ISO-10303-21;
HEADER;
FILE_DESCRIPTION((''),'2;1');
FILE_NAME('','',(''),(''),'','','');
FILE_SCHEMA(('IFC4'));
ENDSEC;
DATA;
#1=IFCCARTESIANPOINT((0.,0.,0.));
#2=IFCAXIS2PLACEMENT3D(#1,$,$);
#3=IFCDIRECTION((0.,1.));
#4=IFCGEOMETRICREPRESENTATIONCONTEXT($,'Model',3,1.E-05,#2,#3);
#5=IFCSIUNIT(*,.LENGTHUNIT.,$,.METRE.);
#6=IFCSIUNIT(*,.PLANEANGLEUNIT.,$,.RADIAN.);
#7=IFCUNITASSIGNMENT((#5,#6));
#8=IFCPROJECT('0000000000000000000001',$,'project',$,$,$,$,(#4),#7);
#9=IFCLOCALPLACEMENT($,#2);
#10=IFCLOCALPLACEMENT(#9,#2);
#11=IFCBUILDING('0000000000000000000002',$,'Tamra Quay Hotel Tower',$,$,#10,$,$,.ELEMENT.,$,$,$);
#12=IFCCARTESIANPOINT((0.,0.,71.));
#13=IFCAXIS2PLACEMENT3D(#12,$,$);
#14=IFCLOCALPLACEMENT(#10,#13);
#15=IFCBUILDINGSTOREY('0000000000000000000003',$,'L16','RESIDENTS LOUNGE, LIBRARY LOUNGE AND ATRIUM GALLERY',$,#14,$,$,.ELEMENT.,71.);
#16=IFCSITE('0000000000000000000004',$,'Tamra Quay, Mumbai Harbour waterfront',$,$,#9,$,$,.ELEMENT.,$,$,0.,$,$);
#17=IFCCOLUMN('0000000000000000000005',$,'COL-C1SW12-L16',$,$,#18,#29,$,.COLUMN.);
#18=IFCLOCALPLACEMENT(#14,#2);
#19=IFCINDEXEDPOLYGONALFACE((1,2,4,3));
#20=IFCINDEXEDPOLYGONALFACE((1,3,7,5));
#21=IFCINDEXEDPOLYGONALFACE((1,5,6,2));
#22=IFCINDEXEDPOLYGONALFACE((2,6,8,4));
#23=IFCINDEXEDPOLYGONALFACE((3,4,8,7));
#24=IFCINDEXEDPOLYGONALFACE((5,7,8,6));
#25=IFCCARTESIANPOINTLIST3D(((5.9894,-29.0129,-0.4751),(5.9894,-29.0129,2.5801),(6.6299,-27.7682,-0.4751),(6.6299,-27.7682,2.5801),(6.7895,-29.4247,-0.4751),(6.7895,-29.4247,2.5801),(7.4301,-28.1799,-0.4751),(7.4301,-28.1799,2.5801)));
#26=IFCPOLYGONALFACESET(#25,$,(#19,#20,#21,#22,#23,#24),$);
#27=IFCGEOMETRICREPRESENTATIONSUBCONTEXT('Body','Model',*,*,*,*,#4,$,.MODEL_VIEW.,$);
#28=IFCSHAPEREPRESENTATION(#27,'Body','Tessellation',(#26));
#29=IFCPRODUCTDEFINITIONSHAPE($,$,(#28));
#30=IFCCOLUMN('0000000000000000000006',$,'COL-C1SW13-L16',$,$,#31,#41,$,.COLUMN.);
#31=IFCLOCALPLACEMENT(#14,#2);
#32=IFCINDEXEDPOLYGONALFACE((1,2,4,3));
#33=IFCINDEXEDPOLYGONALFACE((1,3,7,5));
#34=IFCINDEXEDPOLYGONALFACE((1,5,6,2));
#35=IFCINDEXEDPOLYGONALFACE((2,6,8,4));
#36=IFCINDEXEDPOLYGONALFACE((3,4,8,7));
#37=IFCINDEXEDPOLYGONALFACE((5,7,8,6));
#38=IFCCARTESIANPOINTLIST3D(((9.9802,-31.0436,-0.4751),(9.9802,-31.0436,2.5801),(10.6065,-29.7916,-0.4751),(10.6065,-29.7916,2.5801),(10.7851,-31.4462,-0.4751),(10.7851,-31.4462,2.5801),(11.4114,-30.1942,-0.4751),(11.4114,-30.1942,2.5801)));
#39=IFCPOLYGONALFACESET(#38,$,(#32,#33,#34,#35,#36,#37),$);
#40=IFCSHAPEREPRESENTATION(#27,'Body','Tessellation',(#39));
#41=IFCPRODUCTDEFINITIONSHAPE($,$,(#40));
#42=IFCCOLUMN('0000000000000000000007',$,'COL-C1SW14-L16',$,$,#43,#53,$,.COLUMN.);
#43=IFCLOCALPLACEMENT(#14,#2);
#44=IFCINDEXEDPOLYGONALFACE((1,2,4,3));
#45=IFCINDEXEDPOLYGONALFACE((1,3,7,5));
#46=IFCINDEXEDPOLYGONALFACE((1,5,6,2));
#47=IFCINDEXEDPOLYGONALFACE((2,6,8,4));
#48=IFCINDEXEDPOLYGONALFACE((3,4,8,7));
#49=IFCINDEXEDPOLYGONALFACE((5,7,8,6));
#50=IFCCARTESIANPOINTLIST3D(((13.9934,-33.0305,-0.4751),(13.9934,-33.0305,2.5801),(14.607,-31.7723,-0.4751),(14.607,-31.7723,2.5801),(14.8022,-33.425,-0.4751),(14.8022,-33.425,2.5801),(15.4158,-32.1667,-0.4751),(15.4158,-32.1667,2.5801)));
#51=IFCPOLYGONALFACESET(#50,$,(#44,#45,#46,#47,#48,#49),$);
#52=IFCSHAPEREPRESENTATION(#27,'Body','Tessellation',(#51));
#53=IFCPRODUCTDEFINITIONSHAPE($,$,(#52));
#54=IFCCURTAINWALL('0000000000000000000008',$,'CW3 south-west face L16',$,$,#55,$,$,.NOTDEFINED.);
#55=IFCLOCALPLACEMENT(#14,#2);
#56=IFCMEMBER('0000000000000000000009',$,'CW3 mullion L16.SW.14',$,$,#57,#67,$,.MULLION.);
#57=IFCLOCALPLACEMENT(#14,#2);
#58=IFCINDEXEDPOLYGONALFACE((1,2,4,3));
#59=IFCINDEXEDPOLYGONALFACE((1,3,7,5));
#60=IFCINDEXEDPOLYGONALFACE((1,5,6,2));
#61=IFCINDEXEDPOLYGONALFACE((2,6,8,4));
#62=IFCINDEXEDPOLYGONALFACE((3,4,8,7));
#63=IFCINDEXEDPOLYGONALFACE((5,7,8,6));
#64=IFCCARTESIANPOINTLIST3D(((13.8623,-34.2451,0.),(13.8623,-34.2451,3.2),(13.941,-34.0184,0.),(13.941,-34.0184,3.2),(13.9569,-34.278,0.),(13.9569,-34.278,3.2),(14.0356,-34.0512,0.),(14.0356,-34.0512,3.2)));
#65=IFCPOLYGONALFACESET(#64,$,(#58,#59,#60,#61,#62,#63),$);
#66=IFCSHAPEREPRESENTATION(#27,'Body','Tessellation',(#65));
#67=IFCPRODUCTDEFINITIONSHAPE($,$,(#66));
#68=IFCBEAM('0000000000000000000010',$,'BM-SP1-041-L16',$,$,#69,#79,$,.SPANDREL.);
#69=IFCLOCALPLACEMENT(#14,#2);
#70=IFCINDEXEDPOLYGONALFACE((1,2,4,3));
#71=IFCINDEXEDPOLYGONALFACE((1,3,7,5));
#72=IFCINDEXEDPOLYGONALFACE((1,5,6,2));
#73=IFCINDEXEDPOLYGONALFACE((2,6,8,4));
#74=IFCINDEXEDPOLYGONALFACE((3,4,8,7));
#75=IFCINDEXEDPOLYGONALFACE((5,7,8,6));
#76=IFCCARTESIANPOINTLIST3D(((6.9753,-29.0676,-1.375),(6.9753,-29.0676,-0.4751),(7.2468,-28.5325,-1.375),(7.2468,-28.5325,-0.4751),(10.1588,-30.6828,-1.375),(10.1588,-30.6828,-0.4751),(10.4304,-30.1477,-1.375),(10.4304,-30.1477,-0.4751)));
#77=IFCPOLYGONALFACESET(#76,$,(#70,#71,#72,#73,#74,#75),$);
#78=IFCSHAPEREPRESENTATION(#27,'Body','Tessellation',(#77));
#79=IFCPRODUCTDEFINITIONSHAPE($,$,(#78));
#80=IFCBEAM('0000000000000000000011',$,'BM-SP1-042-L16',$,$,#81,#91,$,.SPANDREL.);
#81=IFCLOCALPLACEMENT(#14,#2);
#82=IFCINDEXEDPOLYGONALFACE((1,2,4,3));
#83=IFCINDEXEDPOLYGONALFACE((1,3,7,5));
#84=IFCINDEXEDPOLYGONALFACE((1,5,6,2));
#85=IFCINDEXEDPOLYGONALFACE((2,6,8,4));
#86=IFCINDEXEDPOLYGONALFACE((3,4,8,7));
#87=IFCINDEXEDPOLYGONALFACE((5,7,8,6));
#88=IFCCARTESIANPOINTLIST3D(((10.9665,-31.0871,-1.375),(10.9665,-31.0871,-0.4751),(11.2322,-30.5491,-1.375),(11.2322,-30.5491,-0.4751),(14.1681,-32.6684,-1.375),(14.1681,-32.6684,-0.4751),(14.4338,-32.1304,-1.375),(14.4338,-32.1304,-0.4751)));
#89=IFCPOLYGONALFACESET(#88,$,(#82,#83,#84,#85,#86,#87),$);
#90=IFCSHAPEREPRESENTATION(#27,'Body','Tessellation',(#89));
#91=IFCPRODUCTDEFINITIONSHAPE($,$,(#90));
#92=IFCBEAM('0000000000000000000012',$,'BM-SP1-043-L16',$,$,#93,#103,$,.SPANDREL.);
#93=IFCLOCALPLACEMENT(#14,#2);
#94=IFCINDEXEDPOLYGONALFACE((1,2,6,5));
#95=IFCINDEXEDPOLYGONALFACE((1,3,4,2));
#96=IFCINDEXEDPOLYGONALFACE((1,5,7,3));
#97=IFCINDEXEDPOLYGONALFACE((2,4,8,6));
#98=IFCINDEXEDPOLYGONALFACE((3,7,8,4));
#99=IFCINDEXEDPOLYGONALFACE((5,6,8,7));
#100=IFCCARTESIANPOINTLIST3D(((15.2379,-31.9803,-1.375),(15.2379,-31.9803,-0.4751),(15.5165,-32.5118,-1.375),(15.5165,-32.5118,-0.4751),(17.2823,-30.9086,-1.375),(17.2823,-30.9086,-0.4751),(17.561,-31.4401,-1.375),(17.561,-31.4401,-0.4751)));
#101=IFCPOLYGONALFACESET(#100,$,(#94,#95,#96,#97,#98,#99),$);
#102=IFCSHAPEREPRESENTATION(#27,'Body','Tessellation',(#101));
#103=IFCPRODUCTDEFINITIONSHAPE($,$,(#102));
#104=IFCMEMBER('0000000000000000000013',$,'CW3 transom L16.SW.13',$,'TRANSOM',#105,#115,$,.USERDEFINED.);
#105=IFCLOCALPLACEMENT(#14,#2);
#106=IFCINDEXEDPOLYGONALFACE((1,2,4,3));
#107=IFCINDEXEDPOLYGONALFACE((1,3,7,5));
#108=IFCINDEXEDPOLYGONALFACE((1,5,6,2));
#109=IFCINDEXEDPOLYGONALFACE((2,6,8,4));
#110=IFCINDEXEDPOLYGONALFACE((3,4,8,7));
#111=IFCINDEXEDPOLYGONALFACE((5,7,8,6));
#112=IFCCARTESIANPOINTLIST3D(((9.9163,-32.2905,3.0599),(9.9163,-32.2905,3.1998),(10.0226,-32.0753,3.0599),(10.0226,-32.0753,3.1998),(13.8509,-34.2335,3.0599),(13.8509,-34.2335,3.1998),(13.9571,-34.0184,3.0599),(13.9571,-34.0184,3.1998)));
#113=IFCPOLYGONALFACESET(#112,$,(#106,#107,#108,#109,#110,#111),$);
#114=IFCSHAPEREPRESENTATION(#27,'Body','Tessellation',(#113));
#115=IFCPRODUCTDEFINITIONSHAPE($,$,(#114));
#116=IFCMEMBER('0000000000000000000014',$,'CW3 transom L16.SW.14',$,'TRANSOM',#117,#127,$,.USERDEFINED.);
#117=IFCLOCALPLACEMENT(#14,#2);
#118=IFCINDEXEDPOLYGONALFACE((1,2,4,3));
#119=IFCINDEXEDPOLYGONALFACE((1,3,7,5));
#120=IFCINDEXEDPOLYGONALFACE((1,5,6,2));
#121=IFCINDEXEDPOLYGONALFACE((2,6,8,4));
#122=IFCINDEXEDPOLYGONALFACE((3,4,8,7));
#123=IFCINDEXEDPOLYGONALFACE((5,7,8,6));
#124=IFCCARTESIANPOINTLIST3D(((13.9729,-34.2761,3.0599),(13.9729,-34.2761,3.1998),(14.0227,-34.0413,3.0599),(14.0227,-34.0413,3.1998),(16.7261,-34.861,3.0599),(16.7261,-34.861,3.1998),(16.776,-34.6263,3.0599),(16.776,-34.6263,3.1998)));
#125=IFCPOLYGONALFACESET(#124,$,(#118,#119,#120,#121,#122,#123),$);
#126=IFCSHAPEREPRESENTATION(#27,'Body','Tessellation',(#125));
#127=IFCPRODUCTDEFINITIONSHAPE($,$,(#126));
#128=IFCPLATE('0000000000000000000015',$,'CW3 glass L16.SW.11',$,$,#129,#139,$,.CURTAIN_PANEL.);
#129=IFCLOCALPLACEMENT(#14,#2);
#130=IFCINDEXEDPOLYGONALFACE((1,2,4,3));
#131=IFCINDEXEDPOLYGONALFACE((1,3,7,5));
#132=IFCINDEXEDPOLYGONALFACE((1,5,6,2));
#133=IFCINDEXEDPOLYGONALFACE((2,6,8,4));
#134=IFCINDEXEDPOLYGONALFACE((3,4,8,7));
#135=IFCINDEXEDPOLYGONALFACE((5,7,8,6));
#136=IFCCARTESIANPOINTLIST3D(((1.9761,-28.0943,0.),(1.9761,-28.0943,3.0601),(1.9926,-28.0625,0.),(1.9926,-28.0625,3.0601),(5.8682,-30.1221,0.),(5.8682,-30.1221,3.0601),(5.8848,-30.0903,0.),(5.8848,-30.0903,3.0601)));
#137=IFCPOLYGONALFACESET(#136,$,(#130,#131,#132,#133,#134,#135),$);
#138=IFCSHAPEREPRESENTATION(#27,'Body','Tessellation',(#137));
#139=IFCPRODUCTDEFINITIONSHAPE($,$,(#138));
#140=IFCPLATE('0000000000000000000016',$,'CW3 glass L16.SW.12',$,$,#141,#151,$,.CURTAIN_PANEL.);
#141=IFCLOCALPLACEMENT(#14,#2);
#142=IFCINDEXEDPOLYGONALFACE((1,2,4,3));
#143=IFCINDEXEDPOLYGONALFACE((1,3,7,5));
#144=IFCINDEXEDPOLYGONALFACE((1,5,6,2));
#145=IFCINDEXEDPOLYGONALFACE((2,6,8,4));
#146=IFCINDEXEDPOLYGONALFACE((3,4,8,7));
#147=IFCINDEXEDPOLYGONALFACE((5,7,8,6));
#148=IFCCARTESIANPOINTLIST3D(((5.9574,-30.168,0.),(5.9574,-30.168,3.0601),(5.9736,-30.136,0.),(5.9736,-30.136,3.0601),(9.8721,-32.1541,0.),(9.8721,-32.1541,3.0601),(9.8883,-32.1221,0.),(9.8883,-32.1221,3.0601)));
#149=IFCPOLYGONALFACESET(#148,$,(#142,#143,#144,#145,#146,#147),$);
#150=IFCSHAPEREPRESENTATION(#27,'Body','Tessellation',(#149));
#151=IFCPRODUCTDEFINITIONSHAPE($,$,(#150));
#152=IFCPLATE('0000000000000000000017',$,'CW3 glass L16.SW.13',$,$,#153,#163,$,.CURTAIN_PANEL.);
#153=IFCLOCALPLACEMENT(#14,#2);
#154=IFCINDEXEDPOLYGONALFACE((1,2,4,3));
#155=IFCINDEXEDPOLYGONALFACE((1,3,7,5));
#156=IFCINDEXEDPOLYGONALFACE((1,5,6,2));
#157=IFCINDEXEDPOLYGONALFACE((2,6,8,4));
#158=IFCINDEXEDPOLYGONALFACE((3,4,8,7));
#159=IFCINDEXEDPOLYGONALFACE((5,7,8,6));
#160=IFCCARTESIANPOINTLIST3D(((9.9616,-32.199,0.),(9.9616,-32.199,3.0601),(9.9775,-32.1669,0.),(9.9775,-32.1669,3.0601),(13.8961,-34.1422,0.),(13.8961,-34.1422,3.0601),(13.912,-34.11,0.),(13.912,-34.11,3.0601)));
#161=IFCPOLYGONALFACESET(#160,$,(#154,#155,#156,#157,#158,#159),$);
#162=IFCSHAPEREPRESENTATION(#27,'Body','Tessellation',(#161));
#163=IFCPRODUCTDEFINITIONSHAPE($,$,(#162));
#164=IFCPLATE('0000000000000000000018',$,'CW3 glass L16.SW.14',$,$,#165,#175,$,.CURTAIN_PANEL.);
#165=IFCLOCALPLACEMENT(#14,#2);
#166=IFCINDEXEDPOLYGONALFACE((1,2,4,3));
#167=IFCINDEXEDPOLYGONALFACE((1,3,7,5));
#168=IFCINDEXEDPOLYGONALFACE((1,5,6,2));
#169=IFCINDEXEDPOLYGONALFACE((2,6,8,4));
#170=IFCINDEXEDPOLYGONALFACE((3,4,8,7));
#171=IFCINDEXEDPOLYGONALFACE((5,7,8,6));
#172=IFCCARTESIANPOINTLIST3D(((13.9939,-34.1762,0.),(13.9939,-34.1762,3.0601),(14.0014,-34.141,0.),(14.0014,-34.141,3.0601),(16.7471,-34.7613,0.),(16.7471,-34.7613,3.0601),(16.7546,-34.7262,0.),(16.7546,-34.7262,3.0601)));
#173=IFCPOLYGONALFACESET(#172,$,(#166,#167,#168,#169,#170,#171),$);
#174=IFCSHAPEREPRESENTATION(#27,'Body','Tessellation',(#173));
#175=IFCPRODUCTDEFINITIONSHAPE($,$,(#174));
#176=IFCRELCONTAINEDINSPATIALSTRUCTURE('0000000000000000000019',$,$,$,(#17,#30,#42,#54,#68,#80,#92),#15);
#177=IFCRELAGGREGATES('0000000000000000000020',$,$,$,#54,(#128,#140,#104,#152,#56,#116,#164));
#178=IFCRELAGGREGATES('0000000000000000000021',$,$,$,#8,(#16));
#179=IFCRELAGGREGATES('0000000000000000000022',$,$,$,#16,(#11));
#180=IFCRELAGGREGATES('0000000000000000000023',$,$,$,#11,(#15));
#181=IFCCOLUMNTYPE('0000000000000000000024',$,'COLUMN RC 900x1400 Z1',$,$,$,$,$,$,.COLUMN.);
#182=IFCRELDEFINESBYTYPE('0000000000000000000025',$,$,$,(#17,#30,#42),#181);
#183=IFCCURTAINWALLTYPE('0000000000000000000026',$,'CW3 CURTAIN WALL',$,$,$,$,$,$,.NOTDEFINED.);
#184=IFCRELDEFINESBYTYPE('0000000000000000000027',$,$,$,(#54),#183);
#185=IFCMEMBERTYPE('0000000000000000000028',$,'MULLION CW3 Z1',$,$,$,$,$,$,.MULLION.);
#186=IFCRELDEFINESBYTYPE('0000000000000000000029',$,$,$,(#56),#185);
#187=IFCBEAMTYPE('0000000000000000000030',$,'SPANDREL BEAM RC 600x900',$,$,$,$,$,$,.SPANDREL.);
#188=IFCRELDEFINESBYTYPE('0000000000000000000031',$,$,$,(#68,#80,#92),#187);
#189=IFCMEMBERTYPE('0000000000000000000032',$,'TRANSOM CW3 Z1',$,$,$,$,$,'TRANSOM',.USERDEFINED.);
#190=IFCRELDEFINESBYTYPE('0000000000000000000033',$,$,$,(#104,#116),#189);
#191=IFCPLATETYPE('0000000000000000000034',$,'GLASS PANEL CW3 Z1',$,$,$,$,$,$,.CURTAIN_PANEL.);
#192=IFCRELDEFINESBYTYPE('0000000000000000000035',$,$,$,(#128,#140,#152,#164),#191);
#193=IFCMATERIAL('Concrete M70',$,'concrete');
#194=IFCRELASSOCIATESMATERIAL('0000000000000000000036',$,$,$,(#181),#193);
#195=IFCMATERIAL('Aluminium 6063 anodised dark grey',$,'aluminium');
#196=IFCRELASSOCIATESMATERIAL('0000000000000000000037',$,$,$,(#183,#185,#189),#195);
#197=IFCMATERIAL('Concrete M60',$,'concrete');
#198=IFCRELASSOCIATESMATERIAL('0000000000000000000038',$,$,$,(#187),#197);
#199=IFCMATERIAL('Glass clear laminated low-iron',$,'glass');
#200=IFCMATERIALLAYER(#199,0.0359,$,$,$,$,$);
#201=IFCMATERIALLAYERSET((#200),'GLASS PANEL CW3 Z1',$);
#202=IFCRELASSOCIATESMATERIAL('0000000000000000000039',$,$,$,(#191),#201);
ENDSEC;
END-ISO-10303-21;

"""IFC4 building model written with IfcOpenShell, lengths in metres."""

from ifc_helpers import new_model, si_unit, direction, frame, origin, origin_2d, place, context, subcontext, project, spatial, rectangle, extrude, material, layer, layer_set, material_profile, profile_set, type_object, element, aggregate, save


model = new_model("IFC4")

# Units and contexts
model_context = context("Model", 3, precision=1e-05, world=origin(), true_north=direction((0.0, 1.0)))
body_context = subcontext(model_context, "Body", "Model", "MODEL_VIEW")
ifc_project = project(units=[si_unit("LENGTHUNIT", "METRE"), si_unit("PLANEANGLEUNIT", "RADIAN")], contexts=[model_context])

# Site, building, storey
site_placement = place(None, origin())
site = spatial("IfcSite", under=ifc_project, at=site_placement, Name="Tamra Quay, Mumbai Harbour waterfront", CompositionType="ELEMENT", RefElevation=0.0)
building_placement = place(site_placement, origin())
building = spatial("IfcBuilding", under=site, at=building_placement, Name="Tamra Quay Hotel Tower", CompositionType="ELEMENT")
storey_placement = place(building_placement, frame((0.0, 0.0, 71.0)))
storey = spatial("IfcBuildingStorey", under=building, at=storey_placement, Name="L16", Description="RESIDENTS LOUNGE, LIBRARY LOUNGE AND ATRIUM GALLERY", CompositionType="ELEMENT", Elevation=71.0)

# Columns
ifc_material_1 = material(Name="Concrete M70", Category="concrete")
ifc_material_profile_1 = material_profile(ifc_material_1, rectangle(XDim=1.3999, YDim=0.8999, at=origin_2d()), Name="COLUMN RC 900x1400 Z1")
ifc_profile_set_1 = profile_set([ifc_material_profile_1], Name="Concrete M70")
column_type = type_object("IfcColumnType", Name="COLUMN RC 900x1400 Z1", PredefinedType="COLUMN", material=ifc_profile_set_1)
for number, where, z_axis, x_axis, name in (
    (1, (6.7097, -28.5964, -0.4751), (0.0, 0.0, 1.0), (0.457548, 0.889185, 0.0), "COL-C1SW12-L16"),
    (2, (10.6958, -30.6189, -0.4751), (0.0, 0.0, 1.0), (0.447377, 0.894346, 0.0), "COL-C1SW13-L16"),
    (3, (14.7046, -32.5986, -0.4751), (0.0, 0.0, 1.0), (0.438341, 0.898809, 0.0), "COL-C1SW14-L16"),
):
    element("IfcColumn", number, at=place(storey_placement, frame(where, z_axis=z_axis, x_axis=x_axis)), inside=storey, type_object=column_type, Name=name, PredefinedType="COLUMN", context=body_context, shape_type="SweptSolid", body=[
        extrude(rectangle(XDim=1.3999, YDim=0.8999, at=origin_2d()), origin(), (0.0, 0.0, 1.0), 3.0552),
    ])

# Curtain wall, member
ifc_material_2 = material(Name="Aluminium 6063 anodised dark grey", Category="aluminium")
curtain_wall_type = type_object("IfcCurtainWallType", Name="CW3 CURTAIN WALL", PredefinedType="NOTDEFINED", material=ifc_material_2)
curtain_wall_placement = place(storey_placement, origin())
curtain_wall = element("IfcCurtainWall", 4, at=curtain_wall_placement, inside=storey, type_object=curtain_wall_type, Name="CW3 south-west face L16", PredefinedType="NOTDEFINED")
ifc_material_profile_2 = material_profile(ifc_material_2, rectangle(XDim=0.24, YDim=0.1001, at=origin_2d()), Name="MULLION 100X240")
ifc_profile_set_2 = profile_set([ifc_material_profile_2], Name="Aluminium 6063 anodised dark grey")
member_type_1 = type_object("IfcMemberType", Name="MULLION CW3 Z1", PredefinedType="MULLION", material=ifc_profile_set_2)
member_1_placement = place(storey_placement, frame((13.949, -34.1482, 0.0), z_axis=(0.0, 0.0, 1.0), x_axis=(-0.327898, -0.944713, 0.0)))
member_1 = element("IfcMember", 5, at=member_1_placement, type_object=member_type_1, Name="CW3 mullion L16.SW.14", PredefinedType="MULLION", context=body_context, shape_type="SweptSolid", body=[
    extrude(rectangle(XDim=0.24, YDim=0.1001, at=origin_2d()), origin(), (0.0, 0.0, 1.0), 3.2),
])

# Beams
ifc_material_3 = material(Name="Concrete M60", Category="concrete")
ifc_material_profile_3 = material_profile(ifc_material_3, rectangle(XDim=0.6001, YDim=0.8999, at=origin_2d()), Name="SPANDREL BEAM RC 600x900")
ifc_profile_set_3 = profile_set([ifc_material_profile_3], Name="Concrete M60")
beam_type = type_object("IfcBeamType", Name="SPANDREL BEAM RC 600x900", PredefinedType="SPANDREL", material=ifc_profile_set_3)
beam_1_placement = place(storey_placement, frame((7.1111, -28.8, -0.925), z_axis=(0.891786, -0.452458, 0.0), x_axis=(0.452458, 0.891786, 0.0)))
element("IfcBeam", 6, at=beam_1_placement, inside=storey, type_object=beam_type, Name="BM-SP1-041-L16", PredefinedType="SPANDREL", context=body_context, shape_type="SweptSolid", body=[
    extrude(rectangle(XDim=0.6001, YDim=0.8999, at=origin_2d()), origin(), (0.0, 0.0, 1.0), 3.5698),
])
beam_2_placement = place(storey_placement, frame((11.0994, -30.8181, -0.925), z_axis=(0.896604, -0.442833, 0.0), x_axis=(0.442833, 0.896604, 0.0)))
element("IfcBeam", 7, at=beam_2_placement, inside=storey, type_object=beam_type, Name="BM-SP1-042-L16", PredefinedType="SPANDREL", context=body_context, shape_type="SweptSolid", body=[
    extrude(rectangle(XDim=0.6001, YDim=0.8999, at=origin_2d()), origin(), (0.0, 0.0, 1.0), 3.5708),
])
beam_3_placement = place(storey_placement, frame((15.3772, -32.2461, -0.925), z_axis=(0.885674, 0.464307, 0.0), x_axis=(-0.464307, 0.885674, 0.0)))
element("IfcBeam", 8, at=beam_3_placement, inside=storey, type_object=beam_type, Name="BM-SP1-043-L16", PredefinedType="SPANDREL", context=body_context, shape_type="SweptSolid", body=[
    extrude(rectangle(XDim=0.6001, YDim=0.8999, at=origin_2d()), origin(), (0.0, 0.0, 1.0), 2.3083),
])

# Members
ifc_material_profile_4 = material_profile(ifc_material_2, rectangle(XDim=0.24, YDim=0.1399, at=origin_2d()), Name="TRANSOM 240X140")
ifc_profile_set_4 = profile_set([ifc_material_profile_4], Name="Aluminium 6063 anodised dark grey")
member_type_2 = type_object("IfcMemberType", Name="TRANSOM CW3 Z1", ElementType="TRANSOM", PredefinedType="USERDEFINED", material=ifc_profile_set_4)
member_2_placement = place(storey_placement, frame((9.9695, -32.1829, 3.1299), z_axis=(0.896619, -0.442802, 0.0), x_axis=(0.442802, 0.896619, 0.0)))
member_2 = element("IfcMember", 9, at=member_2_placement, type_object=member_type_2, Name="CW3 transom L16.SW.13", ObjectType="TRANSOM", PredefinedType="USERDEFINED", context=body_context, shape_type="SweptSolid", body=[
    extrude(rectangle(XDim=0.24, YDim=0.1399, at=origin_2d()), origin(), (0.0, 0.0, 1.0), 4.3882),
])
member_3_placement = place(storey_placement, frame((13.9978, -34.1587, 3.1299), z_axis=(0.978165, -0.207829, 0.0), x_axis=(0.207829, 0.978165, 0.0)))
member_3 = element("IfcMember", 10, at=member_3_placement, type_object=member_type_2, Name="CW3 transom L16.SW.14", ObjectType="TRANSOM", PredefinedType="USERDEFINED", context=body_context, shape_type="SweptSolid", body=[
    extrude(rectangle(XDim=0.24, YDim=0.1399, at=origin_2d()), origin(), (0.0, 0.0, 1.0), 2.8147),
])

# Plates
ifc_material_4 = material(Name="Glass clear laminated low-iron", Category="glass")
ifc_layer_1 = layer(ifc_material_4, 0.0359)
ifc_layer_set_1 = layer_set([ifc_layer_1], Name="GLASS PANEL CW3 Z1")
plate_type = type_object("IfcPlateType", Name="GLASS PANEL CW3 Z1", PredefinedType="CURTAIN_PANEL", material=ifc_layer_set_1)
plate_1_placement = place(storey_placement, frame((3.9304, -29.0923, 0.0), z_axis=(0.0, 0.0, 1.0), x_axis=(0.886857, -0.462045, 0.0)))
plate_1 = element("IfcPlate", 11, at=plate_1_placement, type_object=plate_type, Name="CW3 glass L16.SW.11", PredefinedType="CURTAIN_PANEL", context=body_context, shape_type="SweptSolid", body=[
    extrude(rectangle(XDim=4.3887, YDim=0.0359, at=origin_2d()), origin(), (0.0, 0.0, 1.0), 3.0601),
])
plate_2_placement = place(storey_placement, frame((7.9229, -31.145, 0.0), z_axis=(0.0, 0.0, 1.0), x_axis=(0.89179, -0.45245, 0.0)))
plate_2 = element("IfcPlate", 12, at=plate_2_placement, type_object=plate_type, Name="CW3 glass L16.SW.12", PredefinedType="CURTAIN_PANEL", context=body_context, shape_type="SweptSolid", body=[
    extrude(rectangle(XDim=4.3896, YDim=0.0359, at=origin_2d()), origin(), (0.0, 0.0, 1.0), 3.0601),
])
plate_3_placement = place(storey_placement, frame((11.9368, -33.1545, 0.0), z_axis=(0.0, 0.0, 1.0), x_axis=(0.896611, -0.442819, 0.0)))
plate_3 = element("IfcPlate", 13, at=plate_3_placement, type_object=plate_type, Name="CW3 glass L16.SW.13", PredefinedType="CURTAIN_PANEL", context=body_context, shape_type="SweptSolid", body=[
    extrude(rectangle(XDim=4.3882, YDim=0.0359, at=origin_2d()), origin(), (0.0, 0.0, 1.0), 3.0601),
])
plate_4_placement = place(storey_placement, frame((15.3743, -34.4512, 0.0), z_axis=(0.0, 0.0, 1.0), x_axis=(0.978153, -0.207887, 0.0)))
plate_4 = element("IfcPlate", 14, at=plate_4_placement, type_object=plate_type, Name="CW3 glass L16.SW.14", PredefinedType="CURTAIN_PANEL", context=body_context, shape_type="SweptSolid", body=[
    extrude(rectangle(XDim=2.8147, YDim=0.0359, at=origin_2d()), origin(), (0.0, 0.0, 1.0), 3.0601),
])
aggregate(curtain_wall, [plate_1, plate_2, member_2, plate_3, member_1, member_3, plate_4])

save(model, "model.ifc")
